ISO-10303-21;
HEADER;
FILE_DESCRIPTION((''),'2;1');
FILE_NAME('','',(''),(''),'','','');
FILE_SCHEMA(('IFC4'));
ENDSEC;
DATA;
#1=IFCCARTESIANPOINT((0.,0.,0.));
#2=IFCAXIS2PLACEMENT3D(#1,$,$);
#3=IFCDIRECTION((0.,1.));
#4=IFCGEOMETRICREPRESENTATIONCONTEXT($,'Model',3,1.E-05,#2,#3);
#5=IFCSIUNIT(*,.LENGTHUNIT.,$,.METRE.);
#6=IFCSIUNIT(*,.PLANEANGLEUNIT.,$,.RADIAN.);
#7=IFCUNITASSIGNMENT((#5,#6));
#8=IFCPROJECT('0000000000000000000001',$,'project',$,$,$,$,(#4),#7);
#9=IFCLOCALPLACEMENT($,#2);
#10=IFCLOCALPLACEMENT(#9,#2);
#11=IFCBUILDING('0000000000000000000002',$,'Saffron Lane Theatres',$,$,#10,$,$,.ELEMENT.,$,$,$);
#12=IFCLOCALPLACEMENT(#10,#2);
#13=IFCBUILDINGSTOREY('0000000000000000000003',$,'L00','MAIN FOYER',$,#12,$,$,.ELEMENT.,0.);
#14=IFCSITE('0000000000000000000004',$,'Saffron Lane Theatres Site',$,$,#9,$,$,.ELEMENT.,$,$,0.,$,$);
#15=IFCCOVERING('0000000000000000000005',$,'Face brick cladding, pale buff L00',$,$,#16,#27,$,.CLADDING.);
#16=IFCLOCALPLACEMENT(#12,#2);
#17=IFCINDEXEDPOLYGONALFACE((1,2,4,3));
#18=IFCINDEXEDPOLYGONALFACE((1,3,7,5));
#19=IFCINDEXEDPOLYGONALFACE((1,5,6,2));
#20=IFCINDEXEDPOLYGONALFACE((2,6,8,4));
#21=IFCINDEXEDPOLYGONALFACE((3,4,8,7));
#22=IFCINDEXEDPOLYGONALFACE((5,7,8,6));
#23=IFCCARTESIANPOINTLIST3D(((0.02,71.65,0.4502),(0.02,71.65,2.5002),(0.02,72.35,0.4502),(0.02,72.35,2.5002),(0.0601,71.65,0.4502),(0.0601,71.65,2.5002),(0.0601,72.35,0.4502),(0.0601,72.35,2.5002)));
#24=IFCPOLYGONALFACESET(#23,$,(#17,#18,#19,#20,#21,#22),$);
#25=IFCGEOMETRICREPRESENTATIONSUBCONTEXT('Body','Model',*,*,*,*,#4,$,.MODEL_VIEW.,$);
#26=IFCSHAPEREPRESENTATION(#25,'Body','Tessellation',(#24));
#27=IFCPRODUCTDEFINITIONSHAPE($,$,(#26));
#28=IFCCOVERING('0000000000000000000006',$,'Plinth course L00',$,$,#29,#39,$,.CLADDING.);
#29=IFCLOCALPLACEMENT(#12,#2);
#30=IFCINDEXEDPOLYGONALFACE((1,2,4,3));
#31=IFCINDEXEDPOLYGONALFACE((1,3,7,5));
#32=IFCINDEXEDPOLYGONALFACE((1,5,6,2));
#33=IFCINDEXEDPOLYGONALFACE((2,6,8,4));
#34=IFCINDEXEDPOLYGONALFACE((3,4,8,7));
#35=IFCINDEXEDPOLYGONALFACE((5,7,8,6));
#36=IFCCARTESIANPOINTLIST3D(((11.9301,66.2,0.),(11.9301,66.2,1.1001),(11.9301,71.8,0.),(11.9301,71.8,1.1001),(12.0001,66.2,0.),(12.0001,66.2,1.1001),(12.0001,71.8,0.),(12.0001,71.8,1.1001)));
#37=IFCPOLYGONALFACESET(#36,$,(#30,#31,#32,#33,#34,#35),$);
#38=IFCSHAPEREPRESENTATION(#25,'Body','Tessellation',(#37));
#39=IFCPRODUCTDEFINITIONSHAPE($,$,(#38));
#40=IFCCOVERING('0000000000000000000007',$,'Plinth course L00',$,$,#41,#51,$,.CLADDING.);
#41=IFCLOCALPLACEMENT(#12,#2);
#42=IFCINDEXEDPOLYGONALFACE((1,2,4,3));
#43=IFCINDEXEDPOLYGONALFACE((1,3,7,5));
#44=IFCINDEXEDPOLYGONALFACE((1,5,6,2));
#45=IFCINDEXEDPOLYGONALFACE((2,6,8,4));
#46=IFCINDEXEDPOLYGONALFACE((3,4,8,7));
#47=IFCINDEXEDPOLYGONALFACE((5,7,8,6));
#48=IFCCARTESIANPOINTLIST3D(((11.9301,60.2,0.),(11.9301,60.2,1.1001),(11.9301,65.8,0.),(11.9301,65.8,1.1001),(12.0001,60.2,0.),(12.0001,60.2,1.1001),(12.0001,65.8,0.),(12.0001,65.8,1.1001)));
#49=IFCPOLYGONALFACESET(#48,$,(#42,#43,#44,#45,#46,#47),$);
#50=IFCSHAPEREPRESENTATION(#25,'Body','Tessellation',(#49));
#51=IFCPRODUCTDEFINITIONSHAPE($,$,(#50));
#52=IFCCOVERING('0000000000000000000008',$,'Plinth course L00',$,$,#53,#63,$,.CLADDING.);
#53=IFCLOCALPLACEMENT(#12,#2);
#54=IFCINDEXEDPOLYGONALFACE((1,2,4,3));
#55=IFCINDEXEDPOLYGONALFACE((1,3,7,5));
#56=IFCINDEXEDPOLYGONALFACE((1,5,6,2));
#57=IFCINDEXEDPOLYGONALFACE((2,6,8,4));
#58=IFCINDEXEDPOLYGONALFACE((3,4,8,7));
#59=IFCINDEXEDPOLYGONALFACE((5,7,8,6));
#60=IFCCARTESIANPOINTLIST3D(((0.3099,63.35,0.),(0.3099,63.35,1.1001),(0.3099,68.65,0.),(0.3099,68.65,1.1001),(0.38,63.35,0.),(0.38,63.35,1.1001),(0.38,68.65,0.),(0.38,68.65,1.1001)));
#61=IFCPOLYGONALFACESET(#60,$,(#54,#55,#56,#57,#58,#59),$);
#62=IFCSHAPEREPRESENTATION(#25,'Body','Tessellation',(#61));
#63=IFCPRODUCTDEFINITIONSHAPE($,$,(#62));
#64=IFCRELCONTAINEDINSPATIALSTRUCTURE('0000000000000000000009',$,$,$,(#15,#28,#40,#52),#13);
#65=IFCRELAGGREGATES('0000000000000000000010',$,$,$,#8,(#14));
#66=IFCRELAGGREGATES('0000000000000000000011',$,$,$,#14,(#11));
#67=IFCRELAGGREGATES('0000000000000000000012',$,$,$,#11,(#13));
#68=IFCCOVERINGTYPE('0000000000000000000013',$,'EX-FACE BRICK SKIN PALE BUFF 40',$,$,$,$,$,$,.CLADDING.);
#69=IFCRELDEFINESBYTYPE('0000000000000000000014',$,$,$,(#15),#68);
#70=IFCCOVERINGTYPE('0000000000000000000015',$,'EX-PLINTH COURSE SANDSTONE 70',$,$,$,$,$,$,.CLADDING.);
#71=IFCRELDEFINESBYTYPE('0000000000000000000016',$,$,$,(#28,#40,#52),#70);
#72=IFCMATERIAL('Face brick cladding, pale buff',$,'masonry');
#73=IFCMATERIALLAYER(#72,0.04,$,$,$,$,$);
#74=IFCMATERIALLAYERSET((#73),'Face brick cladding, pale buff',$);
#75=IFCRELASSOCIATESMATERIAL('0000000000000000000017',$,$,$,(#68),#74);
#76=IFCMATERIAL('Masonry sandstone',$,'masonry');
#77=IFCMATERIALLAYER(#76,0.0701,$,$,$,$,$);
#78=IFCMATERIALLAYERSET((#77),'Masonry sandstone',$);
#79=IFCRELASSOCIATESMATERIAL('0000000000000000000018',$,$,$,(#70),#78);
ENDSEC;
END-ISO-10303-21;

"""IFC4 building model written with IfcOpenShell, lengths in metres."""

from ifc_helpers import new_model, si_unit, direction, frame, origin, origin_2d, place, context, subcontext, project, spatial, rectangle, extrude, material, layer, layer_set, type_object, element, save


model = new_model("IFC4")

# Units and contexts
model_context = context("Model", 3, precision=1e-05, world=origin(), true_north=direction((0.0, 1.0)))
body_context = subcontext(model_context, "Body", "Model", "MODEL_VIEW")
ifc_project = project(units=[si_unit("LENGTHUNIT", "METRE"), si_unit("PLANEANGLEUNIT", "RADIAN")], contexts=[model_context])

# Site, building, storey
site_placement = place(None, origin())
site = spatial("IfcSite", under=ifc_project, at=site_placement, Name="Saffron Lane Theatres Site", CompositionType="ELEMENT", RefElevation=0.0)
building_placement = place(site_placement, origin())
building = spatial("IfcBuilding", under=site, at=building_placement, Name="Saffron Lane Theatres", CompositionType="ELEMENT")
storey_placement = place(building_placement, origin())
storey = spatial("IfcBuildingStorey", under=building, at=storey_placement, Name="L00", Description="MAIN FOYER", CompositionType="ELEMENT", Elevation=0.0)

# Coverings
ifc_material_1 = material(Name="Face brick cladding, pale buff", Category="masonry")
ifc_layer_1 = layer(ifc_material_1, 0.04)
ifc_layer_set_1 = layer_set([ifc_layer_1], Name="Face brick cladding, pale buff")
covering_type_1 = type_object("IfcCoveringType", Name="EX-FACE BRICK SKIN PALE BUFF 40", PredefinedType="CLADDING", material=ifc_layer_set_1)
for number, where, z_axis, x_axis, name in (
    (1, (0.04, 72.0, 0.4502), (0.0, 0.0, 1.0), (0.0, 1.0, 0.0), "Face brick cladding, pale buff L00"),
):
    element("IfcCovering", number, at=place(storey_placement, frame(where, z_axis=z_axis, x_axis=x_axis)), inside=storey, type_object=covering_type_1, Name=name, PredefinedType="CLADDING", context=body_context, shape_type="SweptSolid", body=[
        extrude(rectangle(XDim=0.7, YDim=0.04, at=origin_2d()), origin(), (0.0, 0.0, 1.0), 2.05),
    ])
ifc_material_2 = material(Name="Masonry sandstone", Category="masonry")
ifc_layer_2 = layer(ifc_material_2, 0.0701)
ifc_layer_set_2 = layer_set([ifc_layer_2], Name="Masonry sandstone")
covering_type_2 = type_object("IfcCoveringType", Name="EX-PLINTH COURSE SANDSTONE 70", PredefinedType="CLADDING", material=ifc_layer_set_2)
for number, where, z_axis, x_axis, name in (
    (2, (11.9651, 69.0, 0.0), (0.0, 0.0, 1.0), (0.0, 1.0, 0.0), "Plinth course L00"),
    (3, (11.9651, 63.0, 0.0), (0.0, 0.0, 1.0), (0.0, 1.0, 0.0), "Plinth course L00"),
):
    element("IfcCovering", number, at=place(storey_placement, frame(where, z_axis=z_axis, x_axis=x_axis)), inside=storey, type_object=covering_type_2, Name=name, PredefinedType="CLADDING", context=body_context, shape_type="SweptSolid", body=[
        extrude(rectangle(XDim=5.6001, YDim=0.0701, at=origin_2d()), origin(), (0.0, 0.0, 1.0), 1.1001),
    ])
covering_1_placement = place(storey_placement, frame((0.345, 66.0, 0.0), z_axis=(0.0, 0.0, 1.0), x_axis=(0.0, 1.0, 0.0)))
element("IfcCovering", 4, at=covering_1_placement, inside=storey, type_object=covering_type_2, Name="Plinth course L00", PredefinedType="CLADDING", context=body_context, shape_type="SweptSolid", body=[
    extrude(rectangle(XDim=5.3, YDim=0.0701, at=origin_2d()), origin(), (0.0, 0.0, 1.0), 1.1001),
])

save(model, "model.ifc")
